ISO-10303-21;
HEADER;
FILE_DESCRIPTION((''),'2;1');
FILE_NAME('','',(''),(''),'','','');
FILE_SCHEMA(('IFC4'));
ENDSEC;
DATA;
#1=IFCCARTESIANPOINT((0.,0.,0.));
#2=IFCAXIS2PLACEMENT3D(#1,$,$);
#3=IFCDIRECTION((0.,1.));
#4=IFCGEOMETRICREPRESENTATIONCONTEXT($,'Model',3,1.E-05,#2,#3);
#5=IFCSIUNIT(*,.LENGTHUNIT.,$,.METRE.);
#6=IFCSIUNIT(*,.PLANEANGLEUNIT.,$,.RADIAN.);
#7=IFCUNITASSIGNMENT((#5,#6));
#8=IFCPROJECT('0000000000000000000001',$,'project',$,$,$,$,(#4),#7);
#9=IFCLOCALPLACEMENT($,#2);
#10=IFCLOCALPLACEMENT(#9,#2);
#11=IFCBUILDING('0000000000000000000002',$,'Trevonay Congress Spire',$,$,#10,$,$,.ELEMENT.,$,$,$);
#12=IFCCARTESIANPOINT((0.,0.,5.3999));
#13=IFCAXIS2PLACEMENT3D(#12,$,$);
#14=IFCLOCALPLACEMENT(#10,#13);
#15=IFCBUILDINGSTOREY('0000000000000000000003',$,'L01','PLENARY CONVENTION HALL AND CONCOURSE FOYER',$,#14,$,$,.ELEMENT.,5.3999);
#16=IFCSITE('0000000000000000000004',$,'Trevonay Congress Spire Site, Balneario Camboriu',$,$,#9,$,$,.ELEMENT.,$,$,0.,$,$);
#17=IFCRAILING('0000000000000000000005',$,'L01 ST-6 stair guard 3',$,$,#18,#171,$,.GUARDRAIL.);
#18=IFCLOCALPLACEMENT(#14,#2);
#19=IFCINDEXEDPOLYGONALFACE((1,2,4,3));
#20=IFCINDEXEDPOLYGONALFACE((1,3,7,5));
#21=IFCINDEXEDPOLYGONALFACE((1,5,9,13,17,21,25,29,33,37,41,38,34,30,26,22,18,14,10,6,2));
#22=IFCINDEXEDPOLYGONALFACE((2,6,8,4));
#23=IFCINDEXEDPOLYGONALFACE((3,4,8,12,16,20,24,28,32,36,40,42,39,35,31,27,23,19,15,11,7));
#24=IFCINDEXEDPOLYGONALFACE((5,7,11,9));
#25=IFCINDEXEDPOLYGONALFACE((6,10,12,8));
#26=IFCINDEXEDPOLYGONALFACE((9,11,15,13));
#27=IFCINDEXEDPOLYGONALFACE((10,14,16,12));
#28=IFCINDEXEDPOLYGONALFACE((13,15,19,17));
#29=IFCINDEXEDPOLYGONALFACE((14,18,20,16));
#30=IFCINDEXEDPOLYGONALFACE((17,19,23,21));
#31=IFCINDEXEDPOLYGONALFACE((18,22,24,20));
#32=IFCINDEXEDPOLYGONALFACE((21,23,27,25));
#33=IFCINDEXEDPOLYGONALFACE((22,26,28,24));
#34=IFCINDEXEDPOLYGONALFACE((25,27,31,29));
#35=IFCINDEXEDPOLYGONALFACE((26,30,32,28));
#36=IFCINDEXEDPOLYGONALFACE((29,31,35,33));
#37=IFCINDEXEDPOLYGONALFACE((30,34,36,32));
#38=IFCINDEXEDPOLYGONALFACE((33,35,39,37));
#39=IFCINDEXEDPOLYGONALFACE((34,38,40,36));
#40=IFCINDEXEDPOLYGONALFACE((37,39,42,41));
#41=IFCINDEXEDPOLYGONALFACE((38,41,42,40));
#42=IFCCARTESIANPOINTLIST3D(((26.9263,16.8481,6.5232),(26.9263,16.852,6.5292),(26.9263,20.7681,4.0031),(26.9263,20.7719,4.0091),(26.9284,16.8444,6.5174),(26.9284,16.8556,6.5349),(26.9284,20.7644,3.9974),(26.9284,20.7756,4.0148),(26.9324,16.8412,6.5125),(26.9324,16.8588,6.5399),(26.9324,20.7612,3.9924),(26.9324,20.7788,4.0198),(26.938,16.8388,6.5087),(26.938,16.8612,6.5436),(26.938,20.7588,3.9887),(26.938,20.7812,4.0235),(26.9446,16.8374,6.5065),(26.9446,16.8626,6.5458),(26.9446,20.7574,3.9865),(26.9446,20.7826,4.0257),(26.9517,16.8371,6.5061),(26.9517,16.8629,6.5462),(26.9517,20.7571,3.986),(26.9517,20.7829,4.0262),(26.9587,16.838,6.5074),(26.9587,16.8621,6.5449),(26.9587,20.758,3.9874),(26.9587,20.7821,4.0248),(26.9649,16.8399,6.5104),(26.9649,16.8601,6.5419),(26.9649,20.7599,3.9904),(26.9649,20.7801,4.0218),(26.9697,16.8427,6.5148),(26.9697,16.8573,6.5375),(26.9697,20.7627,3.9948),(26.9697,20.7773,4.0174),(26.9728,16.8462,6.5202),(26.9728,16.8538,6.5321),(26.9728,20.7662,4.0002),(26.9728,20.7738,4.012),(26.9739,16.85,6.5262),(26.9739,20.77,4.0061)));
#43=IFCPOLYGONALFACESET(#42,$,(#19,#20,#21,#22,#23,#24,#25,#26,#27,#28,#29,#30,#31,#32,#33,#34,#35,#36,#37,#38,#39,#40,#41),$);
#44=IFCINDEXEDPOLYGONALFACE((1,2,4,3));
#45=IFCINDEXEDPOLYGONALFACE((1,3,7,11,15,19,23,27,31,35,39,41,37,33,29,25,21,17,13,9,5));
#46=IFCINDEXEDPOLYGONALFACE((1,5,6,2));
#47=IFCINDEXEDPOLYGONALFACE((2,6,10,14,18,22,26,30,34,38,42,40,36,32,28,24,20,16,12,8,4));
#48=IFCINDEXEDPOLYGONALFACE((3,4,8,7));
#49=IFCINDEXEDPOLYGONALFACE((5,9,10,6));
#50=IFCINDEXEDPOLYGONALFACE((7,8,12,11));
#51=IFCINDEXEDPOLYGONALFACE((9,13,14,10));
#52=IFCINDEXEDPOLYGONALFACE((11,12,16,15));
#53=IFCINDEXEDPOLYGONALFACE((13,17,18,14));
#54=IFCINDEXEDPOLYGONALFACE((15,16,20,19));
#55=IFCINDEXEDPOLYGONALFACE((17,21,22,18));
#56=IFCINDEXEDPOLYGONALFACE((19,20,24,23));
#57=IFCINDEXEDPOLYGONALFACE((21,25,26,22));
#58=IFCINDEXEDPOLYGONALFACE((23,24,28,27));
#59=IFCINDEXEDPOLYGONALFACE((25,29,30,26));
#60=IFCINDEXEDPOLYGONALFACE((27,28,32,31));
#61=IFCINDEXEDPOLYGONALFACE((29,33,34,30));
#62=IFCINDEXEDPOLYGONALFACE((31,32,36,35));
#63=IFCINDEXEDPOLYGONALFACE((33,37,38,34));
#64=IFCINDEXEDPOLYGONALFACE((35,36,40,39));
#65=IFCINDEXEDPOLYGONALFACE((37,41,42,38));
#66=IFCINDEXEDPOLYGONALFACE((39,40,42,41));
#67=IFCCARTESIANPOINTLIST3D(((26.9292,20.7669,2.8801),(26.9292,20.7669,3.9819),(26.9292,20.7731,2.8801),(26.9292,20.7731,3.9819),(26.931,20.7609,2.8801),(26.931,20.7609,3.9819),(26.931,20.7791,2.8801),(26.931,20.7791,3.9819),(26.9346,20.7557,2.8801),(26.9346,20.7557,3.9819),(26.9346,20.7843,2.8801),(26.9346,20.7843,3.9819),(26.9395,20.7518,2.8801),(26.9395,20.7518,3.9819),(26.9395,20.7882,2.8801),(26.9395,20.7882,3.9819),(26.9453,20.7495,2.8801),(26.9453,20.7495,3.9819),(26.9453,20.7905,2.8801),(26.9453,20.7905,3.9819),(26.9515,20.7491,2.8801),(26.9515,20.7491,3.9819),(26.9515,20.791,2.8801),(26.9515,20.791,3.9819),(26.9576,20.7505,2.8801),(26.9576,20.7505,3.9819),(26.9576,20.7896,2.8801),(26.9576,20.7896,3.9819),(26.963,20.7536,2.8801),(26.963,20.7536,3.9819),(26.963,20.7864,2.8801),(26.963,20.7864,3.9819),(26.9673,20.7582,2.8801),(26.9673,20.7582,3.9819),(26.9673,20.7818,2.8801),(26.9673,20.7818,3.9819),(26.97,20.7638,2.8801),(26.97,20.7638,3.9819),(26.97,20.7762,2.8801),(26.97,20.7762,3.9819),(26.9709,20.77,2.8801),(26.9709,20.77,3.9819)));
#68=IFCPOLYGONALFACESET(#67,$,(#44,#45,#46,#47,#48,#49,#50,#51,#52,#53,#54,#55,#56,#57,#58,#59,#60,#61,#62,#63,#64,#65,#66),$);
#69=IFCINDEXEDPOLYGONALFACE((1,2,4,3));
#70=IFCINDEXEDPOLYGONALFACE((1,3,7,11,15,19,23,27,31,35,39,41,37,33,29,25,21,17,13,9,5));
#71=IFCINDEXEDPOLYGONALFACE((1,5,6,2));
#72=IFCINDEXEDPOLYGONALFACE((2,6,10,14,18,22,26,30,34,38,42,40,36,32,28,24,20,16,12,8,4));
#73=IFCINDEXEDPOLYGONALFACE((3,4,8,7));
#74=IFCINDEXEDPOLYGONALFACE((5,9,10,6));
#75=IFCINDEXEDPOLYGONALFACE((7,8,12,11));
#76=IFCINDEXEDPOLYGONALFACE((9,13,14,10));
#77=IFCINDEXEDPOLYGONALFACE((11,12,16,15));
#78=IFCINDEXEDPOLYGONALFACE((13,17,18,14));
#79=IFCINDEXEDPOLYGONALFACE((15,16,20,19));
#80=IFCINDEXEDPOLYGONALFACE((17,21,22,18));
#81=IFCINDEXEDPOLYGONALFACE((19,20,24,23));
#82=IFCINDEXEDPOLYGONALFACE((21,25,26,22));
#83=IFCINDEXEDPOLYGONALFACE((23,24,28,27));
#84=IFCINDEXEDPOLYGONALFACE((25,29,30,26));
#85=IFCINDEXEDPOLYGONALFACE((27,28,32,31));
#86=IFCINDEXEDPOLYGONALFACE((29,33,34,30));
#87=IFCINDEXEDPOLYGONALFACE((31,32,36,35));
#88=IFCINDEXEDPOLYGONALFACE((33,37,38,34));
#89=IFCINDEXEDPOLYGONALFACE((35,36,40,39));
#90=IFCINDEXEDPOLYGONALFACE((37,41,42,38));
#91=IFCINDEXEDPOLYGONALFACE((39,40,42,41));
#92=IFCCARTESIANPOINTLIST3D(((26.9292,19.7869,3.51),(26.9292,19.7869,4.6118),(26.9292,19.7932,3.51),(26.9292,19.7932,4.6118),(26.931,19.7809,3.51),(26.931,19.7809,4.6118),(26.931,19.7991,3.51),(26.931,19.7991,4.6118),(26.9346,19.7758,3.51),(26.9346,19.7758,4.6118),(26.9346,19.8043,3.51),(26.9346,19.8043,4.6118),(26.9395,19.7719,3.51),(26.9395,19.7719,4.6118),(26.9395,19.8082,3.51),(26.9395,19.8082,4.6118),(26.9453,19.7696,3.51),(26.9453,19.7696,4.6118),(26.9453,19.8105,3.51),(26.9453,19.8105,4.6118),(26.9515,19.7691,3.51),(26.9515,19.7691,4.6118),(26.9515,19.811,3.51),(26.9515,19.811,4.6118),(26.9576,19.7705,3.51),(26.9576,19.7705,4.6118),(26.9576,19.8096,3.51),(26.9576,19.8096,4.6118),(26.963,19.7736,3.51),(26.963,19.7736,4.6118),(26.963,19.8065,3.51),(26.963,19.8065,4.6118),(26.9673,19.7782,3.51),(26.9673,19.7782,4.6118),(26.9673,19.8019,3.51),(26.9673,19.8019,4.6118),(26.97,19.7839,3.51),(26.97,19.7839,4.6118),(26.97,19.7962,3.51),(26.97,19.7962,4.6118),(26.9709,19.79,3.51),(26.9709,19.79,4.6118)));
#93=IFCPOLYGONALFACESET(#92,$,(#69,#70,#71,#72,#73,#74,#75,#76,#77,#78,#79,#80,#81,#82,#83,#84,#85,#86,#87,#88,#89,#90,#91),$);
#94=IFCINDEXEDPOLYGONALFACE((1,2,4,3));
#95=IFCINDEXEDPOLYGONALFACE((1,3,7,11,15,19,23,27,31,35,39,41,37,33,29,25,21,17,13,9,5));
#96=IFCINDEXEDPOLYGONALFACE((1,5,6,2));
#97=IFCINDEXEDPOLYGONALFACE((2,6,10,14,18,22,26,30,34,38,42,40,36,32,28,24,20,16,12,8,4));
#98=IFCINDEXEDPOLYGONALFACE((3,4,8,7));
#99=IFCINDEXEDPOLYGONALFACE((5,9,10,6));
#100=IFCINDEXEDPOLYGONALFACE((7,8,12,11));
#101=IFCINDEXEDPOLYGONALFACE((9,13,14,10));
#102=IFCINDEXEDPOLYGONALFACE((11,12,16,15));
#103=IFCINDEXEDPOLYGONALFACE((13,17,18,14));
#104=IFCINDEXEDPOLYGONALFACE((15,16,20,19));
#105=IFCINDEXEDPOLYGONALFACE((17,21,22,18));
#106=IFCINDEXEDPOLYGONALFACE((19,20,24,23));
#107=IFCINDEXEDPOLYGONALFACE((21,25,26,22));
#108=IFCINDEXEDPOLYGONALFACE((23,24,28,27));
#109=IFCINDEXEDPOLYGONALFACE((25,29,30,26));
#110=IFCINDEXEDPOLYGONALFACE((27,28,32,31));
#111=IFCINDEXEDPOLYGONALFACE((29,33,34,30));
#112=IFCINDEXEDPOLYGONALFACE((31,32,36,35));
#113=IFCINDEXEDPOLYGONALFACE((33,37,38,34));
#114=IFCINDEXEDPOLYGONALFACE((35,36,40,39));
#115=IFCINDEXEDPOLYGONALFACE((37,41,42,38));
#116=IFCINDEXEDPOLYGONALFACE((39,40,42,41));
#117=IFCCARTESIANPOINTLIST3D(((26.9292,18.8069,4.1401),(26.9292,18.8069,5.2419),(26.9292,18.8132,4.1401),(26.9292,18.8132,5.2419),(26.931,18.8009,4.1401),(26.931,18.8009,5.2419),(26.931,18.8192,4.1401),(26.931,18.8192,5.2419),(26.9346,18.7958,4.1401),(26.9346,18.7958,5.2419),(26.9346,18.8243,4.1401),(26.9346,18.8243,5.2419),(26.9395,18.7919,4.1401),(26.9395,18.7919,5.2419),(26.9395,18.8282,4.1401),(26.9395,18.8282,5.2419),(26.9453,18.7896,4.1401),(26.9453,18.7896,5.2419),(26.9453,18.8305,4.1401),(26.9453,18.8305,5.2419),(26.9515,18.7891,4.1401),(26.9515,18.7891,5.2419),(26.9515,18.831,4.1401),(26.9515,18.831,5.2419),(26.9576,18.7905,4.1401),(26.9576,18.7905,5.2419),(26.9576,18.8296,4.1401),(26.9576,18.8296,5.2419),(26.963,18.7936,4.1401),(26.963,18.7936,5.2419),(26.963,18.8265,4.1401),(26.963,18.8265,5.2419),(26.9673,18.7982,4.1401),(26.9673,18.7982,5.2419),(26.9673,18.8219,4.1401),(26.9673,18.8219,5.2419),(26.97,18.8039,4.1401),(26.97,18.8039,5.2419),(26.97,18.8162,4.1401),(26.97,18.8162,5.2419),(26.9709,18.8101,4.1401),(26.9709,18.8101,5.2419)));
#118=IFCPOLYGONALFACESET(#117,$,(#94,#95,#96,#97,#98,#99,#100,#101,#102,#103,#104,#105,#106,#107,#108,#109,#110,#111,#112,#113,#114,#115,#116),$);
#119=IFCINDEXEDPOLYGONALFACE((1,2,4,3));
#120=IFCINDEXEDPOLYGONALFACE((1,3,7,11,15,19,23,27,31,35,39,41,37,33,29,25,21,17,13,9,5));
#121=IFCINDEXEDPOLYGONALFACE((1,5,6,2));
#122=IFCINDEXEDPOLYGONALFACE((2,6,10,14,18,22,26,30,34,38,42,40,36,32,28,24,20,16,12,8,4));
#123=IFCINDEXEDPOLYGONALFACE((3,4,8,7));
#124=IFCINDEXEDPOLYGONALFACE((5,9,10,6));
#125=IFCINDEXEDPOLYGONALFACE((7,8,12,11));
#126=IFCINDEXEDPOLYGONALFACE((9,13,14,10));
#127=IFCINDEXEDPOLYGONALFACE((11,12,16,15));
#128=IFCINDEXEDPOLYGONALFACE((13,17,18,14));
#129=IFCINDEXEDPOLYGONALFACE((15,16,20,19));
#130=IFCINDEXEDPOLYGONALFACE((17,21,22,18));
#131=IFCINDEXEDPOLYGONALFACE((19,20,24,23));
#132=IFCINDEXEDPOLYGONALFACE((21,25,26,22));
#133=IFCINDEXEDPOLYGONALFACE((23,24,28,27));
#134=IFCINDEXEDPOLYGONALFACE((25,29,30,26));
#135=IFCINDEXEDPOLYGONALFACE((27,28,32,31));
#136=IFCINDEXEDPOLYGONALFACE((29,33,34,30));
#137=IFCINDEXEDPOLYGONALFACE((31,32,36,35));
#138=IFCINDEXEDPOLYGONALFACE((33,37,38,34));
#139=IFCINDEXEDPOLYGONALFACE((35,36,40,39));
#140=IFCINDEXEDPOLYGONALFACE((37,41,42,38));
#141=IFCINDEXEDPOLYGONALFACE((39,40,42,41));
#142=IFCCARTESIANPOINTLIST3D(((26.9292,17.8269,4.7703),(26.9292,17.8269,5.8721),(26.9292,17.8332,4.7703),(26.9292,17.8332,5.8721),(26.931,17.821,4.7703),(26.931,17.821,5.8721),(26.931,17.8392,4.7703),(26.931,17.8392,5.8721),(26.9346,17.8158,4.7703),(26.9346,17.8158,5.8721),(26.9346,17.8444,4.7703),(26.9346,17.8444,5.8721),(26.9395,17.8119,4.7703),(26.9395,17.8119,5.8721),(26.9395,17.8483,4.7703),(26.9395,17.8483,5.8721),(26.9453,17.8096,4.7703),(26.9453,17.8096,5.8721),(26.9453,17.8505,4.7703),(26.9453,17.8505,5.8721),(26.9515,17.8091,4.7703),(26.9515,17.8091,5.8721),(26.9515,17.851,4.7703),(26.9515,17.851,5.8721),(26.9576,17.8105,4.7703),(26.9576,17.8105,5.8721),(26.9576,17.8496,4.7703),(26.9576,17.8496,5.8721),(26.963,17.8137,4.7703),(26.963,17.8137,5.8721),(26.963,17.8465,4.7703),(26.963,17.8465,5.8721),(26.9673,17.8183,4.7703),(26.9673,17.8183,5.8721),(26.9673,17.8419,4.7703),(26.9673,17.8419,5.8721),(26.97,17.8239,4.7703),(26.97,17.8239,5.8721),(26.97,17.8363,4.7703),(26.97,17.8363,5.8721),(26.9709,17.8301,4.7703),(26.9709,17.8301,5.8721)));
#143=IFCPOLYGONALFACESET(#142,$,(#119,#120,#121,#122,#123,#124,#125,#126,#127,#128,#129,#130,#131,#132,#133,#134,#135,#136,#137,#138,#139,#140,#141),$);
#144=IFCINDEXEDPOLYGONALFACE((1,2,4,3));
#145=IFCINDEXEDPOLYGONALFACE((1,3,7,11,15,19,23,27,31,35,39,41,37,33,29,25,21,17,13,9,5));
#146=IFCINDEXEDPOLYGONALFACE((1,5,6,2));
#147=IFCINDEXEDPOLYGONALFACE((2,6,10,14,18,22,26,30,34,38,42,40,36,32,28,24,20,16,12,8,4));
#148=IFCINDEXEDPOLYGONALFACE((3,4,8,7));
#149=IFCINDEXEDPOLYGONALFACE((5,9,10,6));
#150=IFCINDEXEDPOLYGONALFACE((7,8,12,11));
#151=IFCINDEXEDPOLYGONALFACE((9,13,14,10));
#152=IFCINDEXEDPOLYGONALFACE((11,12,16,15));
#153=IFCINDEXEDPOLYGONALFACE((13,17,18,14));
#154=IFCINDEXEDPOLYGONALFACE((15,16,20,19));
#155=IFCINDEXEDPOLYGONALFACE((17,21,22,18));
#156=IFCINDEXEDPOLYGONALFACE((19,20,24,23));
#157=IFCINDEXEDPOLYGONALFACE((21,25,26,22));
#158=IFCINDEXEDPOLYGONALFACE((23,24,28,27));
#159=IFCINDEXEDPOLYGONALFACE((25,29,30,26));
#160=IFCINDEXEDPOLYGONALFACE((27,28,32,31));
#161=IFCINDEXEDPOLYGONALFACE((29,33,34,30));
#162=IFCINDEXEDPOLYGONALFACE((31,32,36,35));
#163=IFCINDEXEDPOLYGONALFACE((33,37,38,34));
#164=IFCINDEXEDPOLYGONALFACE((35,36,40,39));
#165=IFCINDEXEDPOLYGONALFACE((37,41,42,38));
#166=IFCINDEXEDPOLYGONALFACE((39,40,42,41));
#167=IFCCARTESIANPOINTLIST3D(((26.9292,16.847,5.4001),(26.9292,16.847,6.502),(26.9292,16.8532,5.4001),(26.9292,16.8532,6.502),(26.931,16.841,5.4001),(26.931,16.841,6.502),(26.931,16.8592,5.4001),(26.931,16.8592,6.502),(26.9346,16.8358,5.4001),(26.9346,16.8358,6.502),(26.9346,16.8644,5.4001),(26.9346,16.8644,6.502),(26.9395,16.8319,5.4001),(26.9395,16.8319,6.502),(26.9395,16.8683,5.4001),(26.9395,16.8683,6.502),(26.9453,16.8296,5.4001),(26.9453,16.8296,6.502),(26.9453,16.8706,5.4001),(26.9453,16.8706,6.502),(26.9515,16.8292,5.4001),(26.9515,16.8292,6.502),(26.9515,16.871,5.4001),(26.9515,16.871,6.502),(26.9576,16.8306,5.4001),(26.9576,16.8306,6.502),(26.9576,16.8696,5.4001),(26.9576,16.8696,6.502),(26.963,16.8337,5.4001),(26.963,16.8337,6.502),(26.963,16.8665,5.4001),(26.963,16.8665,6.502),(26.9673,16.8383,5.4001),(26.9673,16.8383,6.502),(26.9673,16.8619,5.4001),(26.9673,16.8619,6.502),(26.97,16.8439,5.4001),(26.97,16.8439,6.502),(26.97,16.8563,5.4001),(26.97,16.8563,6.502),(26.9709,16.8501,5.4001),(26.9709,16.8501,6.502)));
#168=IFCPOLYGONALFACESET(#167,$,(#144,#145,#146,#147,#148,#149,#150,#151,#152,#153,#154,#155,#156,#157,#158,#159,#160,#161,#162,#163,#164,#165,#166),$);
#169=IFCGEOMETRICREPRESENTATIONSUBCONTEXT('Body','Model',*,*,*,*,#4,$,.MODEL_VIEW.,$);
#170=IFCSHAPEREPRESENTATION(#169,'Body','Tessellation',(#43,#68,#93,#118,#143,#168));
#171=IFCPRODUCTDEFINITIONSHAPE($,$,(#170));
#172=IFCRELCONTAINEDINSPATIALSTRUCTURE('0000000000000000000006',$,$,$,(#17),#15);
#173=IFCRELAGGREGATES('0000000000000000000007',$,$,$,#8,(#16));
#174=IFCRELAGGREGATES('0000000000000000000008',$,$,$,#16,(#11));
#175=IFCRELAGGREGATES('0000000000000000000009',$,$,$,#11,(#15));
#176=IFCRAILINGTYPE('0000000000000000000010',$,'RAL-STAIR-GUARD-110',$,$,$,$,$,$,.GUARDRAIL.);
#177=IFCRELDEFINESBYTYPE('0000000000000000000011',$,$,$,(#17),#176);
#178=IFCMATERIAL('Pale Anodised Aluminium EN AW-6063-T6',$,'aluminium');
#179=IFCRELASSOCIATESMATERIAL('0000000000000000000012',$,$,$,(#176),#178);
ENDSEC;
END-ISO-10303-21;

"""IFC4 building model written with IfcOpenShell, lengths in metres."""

from ifc_helpers import new_model, si_unit, direction, frame, origin, origin_2d, place, context, subcontext, project, spatial, circle, extrude, material, type_object, element, save


model = new_model("IFC4")

# Units and contexts
model_context = context("Model", 3, precision=1e-05, world=origin(), true_north=direction((0.0, 1.0)))
body_context = subcontext(model_context, "Body", "Model", "MODEL_VIEW")
ifc_project = project(units=[si_unit("LENGTHUNIT", "METRE"), si_unit("PLANEANGLEUNIT", "RADIAN")], contexts=[model_context])

# Site, building, storey
site_placement = place(None, origin())
site = spatial("IfcSite", under=ifc_project, at=site_placement, Name="Trevonay Congress Spire Site, Balneario Camboriu", CompositionType="ELEMENT", RefElevation=0.0)
building_placement = place(site_placement, origin())
building = spatial("IfcBuilding", under=site, at=building_placement, Name="Trevonay Congress Spire", CompositionType="ELEMENT")
storey_placement = place(building_placement, frame((0.0, 0.0, 5.3999)))
storey = spatial("IfcBuildingStorey", under=building, at=storey_placement, Name="L01", Description="PLENARY CONVENTION HALL AND CONCOURSE FOYER", CompositionType="ELEMENT", Elevation=5.3999)

# Shared definitions
ifc_material_1 = material(Name="Pale Anodised Aluminium EN AW-6063-T6", Category="aluminium")

# Railing
railing_type_1 = type_object("IfcRailingType", Name="RAL-STAIR-GUARD-110", PredefinedType="GUARDRAIL", material=ifc_material_1)
railing_1_placement = place(storey_placement, frame((26.95, 20.77, 2.8801)))
element("IfcRailing", 1, at=railing_1_placement, inside=storey, type_object=railing_type_1, Name="L01 ST-6 stair guard 3", PredefinedType="GUARDRAIL", context=body_context, shape_type="SweptSolid", body=[
    extrude(circle(Radius=0.0239, at=origin_2d()), frame((0.0, 0.0, 1.126), z_axis=(0.0, -0.841172, 0.540768), x_axis=(1.0, 0.0, 0.0)), (0.0, 0.0, 1.0), 4.6602),
    extrude(circle(Radius=0.021, at=origin_2d()), origin(), (0.0, 0.0, 1.0), 1.1018),
    extrude(circle(Radius=0.021, at=origin_2d()), frame((0.0, -0.98, 0.6299)), (0.0, 0.0, 1.0), 1.1018),
    extrude(circle(Radius=0.021, at=origin_2d()), frame((0.0, -1.96, 1.26)), (0.0, 0.0, 1.0), 1.1018),
    extrude(circle(Radius=0.021, at=origin_2d()), frame((0.0, -2.9399, 1.8901)), (0.0, 0.0, 1.0), 1.1018),
    extrude(circle(Radius=0.021, at=origin_2d()), frame((0.0, -3.9199, 2.52)), (0.0, 0.0, 1.0), 1.1018),
])

save(model, "model.ifc")
